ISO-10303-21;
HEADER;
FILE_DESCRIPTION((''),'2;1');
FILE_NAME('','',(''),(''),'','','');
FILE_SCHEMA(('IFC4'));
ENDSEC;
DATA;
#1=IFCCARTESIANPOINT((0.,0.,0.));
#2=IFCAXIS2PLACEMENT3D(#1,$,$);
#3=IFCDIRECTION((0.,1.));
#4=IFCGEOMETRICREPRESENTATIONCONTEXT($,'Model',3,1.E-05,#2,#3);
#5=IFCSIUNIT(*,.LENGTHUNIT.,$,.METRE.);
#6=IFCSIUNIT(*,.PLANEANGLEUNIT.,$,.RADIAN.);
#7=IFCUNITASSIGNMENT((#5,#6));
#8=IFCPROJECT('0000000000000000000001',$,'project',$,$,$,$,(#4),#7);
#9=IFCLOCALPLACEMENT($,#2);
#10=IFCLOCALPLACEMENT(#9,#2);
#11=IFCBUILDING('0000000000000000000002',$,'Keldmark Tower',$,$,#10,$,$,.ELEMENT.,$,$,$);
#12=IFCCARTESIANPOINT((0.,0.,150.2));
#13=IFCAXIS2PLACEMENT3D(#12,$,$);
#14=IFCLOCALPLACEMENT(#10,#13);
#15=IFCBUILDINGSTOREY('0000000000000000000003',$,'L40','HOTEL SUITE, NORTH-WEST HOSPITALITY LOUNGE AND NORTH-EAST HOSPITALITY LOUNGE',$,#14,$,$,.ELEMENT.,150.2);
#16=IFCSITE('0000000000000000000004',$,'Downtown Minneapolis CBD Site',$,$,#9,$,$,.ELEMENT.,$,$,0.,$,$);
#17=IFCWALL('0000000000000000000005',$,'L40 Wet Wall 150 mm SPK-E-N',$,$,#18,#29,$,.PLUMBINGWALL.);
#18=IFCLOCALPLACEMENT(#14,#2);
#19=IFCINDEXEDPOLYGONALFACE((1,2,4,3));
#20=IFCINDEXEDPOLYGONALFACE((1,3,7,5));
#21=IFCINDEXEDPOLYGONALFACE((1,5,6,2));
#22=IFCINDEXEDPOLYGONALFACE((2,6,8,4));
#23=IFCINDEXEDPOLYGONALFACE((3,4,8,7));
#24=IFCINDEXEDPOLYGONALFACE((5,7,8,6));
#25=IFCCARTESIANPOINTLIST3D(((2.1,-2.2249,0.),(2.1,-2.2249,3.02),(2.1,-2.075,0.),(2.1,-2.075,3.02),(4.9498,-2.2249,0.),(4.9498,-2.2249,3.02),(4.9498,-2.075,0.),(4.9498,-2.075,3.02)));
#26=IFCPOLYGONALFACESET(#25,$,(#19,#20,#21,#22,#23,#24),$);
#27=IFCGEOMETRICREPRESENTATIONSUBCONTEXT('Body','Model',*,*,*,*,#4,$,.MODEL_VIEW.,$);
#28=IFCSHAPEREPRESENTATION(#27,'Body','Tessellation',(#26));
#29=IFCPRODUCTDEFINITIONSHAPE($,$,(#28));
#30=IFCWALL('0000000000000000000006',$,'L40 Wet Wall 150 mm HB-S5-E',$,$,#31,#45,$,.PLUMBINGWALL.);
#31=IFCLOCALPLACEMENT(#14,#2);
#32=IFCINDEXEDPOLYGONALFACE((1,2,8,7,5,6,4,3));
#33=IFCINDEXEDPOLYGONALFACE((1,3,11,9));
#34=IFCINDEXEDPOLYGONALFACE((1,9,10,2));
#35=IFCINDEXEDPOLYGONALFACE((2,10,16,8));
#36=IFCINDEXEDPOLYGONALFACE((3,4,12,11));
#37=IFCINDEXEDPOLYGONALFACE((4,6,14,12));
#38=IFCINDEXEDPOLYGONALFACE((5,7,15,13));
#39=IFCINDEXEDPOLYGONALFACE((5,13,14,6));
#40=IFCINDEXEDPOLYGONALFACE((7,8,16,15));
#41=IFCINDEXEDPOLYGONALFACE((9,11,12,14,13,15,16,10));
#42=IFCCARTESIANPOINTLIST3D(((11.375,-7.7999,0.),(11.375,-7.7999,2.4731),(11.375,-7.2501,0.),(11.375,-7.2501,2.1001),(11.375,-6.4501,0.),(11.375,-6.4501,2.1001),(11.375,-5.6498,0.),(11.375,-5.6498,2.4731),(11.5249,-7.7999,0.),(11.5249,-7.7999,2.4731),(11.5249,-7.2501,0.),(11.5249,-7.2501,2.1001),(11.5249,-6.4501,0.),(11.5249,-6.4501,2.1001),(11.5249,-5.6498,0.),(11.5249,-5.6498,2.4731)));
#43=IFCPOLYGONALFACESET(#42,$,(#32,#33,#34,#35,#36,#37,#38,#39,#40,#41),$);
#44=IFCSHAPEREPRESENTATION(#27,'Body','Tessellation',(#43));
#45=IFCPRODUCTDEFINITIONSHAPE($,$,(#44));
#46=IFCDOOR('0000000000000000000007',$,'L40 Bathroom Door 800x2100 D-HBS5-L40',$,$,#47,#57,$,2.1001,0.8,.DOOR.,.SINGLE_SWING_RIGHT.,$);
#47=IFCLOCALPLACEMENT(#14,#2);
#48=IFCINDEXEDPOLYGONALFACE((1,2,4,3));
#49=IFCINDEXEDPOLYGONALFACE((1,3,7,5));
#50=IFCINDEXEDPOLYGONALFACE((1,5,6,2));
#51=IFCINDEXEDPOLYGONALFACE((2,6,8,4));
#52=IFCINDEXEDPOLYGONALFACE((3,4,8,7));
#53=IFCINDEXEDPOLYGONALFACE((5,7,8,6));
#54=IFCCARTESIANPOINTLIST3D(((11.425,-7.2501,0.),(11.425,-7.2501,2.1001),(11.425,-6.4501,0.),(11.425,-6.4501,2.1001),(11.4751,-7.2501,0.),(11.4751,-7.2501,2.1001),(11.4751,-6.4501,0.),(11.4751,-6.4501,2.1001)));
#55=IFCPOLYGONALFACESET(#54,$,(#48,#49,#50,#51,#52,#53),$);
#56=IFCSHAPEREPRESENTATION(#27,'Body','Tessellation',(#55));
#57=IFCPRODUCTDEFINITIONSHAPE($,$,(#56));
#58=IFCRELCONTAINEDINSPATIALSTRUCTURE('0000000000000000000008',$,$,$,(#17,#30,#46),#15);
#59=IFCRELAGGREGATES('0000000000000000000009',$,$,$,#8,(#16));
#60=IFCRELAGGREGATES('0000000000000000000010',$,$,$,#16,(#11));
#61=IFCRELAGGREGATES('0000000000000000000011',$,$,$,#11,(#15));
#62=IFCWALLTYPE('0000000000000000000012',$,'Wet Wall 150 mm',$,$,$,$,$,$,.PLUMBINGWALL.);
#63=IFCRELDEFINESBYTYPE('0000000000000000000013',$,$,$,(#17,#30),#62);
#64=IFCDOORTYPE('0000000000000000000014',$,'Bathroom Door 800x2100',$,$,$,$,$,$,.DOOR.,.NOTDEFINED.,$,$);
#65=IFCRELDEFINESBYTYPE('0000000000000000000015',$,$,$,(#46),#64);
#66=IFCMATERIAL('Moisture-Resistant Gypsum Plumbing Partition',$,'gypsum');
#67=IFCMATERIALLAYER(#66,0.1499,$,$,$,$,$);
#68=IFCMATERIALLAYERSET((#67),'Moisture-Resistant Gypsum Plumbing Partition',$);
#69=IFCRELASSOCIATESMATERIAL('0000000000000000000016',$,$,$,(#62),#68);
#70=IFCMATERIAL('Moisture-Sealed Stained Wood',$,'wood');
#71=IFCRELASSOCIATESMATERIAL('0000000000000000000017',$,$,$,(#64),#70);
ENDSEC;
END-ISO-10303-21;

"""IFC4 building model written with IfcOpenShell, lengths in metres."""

from ifc_helpers import new_model, si_unit, direction, frame, frame_2d, origin, place, context, subcontext, project, spatial, rectangle, extrude, material, layer, layer_set, type_object, element, fill, save


model = new_model("IFC4")

# Units and contexts
model_context = context("Model", 3, precision=1e-05, world=origin(), true_north=direction((0.0, 1.0)))
body_context = subcontext(model_context, "Body", "Model", "MODEL_VIEW")
ifc_project = project(units=[si_unit("LENGTHUNIT", "METRE"), si_unit("PLANEANGLEUNIT", "RADIAN")], contexts=[model_context])

# Site, building, storey
site_placement = place(None, origin())
site = spatial("IfcSite", under=ifc_project, at=site_placement, Name="Downtown Minneapolis CBD Site", CompositionType="ELEMENT", RefElevation=0.0)
building_placement = place(site_placement, origin())
building = spatial("IfcBuilding", under=site, at=building_placement, Name="Keldmark Tower", CompositionType="ELEMENT")
storey_placement = place(building_placement, frame((0.0, 0.0, 150.2)))
storey = spatial("IfcBuildingStorey", under=building, at=storey_placement, Name="L40", Description="HOTEL SUITE, NORTH-WEST HOSPITALITY LOUNGE AND NORTH-EAST HOSPITALITY LOUNGE", CompositionType="ELEMENT", Elevation=150.2)

# Wall
ifc_material_1 = material(Name="Moisture-Resistant Gypsum Plumbing Partition", Category="gypsum")
ifc_layer_1 = layer(ifc_material_1, 0.1499)
ifc_layer_set_1 = layer_set([ifc_layer_1], Name="Moisture-Resistant Gypsum Plumbing Partition")
wall_type_1 = type_object("IfcWallType", Name="Wet Wall 150 mm", PredefinedType="PLUMBINGWALL", material=ifc_layer_set_1)
wall_1_placement = place(storey_placement, frame((2.1001, -2.1499, 0.0), z_axis=(0.0, 0.0, 1.0), x_axis=(1.0, 0.0, 0.0)))
element("IfcWall", 1, at=wall_1_placement, inside=storey, type_object=wall_type_1, Name="L40 Wet Wall 150 mm SPK-E-N", PredefinedType="PLUMBINGWALL", context=body_context, shape_type="SweptSolid", body=[
    extrude(rectangle(XDim=2.8499, YDim=0.1499, at=frame_2d((1.4248, 0.0))), origin(), (0.0, 0.0, 1.0), 3.02),
])

# Wall, opening, door
wall_2_placement = place(storey_placement, frame((11.45, -7.8, 0.0), z_axis=(0.0, 0.0, 1.0), x_axis=(0.0, 1.0, 0.0)))
wall_2 = element("IfcWall", 2, at=wall_2_placement, inside=storey, type_object=wall_type_1, Name="L40 Wet Wall 150 mm HB-S5-E", PredefinedType="PLUMBINGWALL", context=body_context, shape_type="SweptSolid", body=[
    extrude(rectangle(XDim=2.1501, YDim=0.1499, at=frame_2d((1.0752, 0.0))), origin(), (0.0, 0.0, 1.0), 2.4731),
])
opening_1_placement = place(wall_2_placement, frame((0.55, 0.0, 0.0)))
opening_1 = element("IfcOpeningElement", 3, at=opening_1_placement, cuts=wall_2, PredefinedType="OPENING", context=body_context, shape_type="SweptSolid", body=[
    extrude(rectangle(XDim=0.8, YDim=2.1001, at=frame_2d((0.3999, 1.05))), frame((0.0, 0.085, 0.0), z_axis=(0.0, -1.0, 0.0), x_axis=(1.0, 0.0, 0.0)), (0.0, 0.0, 1.0), 0.1699),
])
ifc_material_2 = material(Name="Moisture-Sealed Stained Wood", Category="wood")
door_type_1 = type_object("IfcDoorType", Name="Bathroom Door 800x2100", OperationType="NOTDEFINED", PredefinedType="DOOR", material=ifc_material_2)
door_1_placement = place(opening_1_placement, origin())
door_1 = element("IfcDoor", 4, at=door_1_placement, inside=storey, type_object=door_type_1, Name="L40 Bathroom Door 800x2100 D-HBS5-L40", OperationType="SINGLE_SWING_RIGHT", OverallHeight=2.1001, OverallWidth=0.8, PredefinedType="DOOR", context=body_context, shape_type="SweptSolid", body=[
    extrude(rectangle(XDim=0.8, YDim=2.1001, at=frame_2d((0.3999, 1.05))), frame((0.0, 0.0249, 0.0), z_axis=(0.0, -1.0, 0.0), x_axis=(1.0, 0.0, 0.0)), (0.0, 0.0, 1.0), 0.05),
])
fill(opening_1, door_1)

save(model, "model.ifc")
